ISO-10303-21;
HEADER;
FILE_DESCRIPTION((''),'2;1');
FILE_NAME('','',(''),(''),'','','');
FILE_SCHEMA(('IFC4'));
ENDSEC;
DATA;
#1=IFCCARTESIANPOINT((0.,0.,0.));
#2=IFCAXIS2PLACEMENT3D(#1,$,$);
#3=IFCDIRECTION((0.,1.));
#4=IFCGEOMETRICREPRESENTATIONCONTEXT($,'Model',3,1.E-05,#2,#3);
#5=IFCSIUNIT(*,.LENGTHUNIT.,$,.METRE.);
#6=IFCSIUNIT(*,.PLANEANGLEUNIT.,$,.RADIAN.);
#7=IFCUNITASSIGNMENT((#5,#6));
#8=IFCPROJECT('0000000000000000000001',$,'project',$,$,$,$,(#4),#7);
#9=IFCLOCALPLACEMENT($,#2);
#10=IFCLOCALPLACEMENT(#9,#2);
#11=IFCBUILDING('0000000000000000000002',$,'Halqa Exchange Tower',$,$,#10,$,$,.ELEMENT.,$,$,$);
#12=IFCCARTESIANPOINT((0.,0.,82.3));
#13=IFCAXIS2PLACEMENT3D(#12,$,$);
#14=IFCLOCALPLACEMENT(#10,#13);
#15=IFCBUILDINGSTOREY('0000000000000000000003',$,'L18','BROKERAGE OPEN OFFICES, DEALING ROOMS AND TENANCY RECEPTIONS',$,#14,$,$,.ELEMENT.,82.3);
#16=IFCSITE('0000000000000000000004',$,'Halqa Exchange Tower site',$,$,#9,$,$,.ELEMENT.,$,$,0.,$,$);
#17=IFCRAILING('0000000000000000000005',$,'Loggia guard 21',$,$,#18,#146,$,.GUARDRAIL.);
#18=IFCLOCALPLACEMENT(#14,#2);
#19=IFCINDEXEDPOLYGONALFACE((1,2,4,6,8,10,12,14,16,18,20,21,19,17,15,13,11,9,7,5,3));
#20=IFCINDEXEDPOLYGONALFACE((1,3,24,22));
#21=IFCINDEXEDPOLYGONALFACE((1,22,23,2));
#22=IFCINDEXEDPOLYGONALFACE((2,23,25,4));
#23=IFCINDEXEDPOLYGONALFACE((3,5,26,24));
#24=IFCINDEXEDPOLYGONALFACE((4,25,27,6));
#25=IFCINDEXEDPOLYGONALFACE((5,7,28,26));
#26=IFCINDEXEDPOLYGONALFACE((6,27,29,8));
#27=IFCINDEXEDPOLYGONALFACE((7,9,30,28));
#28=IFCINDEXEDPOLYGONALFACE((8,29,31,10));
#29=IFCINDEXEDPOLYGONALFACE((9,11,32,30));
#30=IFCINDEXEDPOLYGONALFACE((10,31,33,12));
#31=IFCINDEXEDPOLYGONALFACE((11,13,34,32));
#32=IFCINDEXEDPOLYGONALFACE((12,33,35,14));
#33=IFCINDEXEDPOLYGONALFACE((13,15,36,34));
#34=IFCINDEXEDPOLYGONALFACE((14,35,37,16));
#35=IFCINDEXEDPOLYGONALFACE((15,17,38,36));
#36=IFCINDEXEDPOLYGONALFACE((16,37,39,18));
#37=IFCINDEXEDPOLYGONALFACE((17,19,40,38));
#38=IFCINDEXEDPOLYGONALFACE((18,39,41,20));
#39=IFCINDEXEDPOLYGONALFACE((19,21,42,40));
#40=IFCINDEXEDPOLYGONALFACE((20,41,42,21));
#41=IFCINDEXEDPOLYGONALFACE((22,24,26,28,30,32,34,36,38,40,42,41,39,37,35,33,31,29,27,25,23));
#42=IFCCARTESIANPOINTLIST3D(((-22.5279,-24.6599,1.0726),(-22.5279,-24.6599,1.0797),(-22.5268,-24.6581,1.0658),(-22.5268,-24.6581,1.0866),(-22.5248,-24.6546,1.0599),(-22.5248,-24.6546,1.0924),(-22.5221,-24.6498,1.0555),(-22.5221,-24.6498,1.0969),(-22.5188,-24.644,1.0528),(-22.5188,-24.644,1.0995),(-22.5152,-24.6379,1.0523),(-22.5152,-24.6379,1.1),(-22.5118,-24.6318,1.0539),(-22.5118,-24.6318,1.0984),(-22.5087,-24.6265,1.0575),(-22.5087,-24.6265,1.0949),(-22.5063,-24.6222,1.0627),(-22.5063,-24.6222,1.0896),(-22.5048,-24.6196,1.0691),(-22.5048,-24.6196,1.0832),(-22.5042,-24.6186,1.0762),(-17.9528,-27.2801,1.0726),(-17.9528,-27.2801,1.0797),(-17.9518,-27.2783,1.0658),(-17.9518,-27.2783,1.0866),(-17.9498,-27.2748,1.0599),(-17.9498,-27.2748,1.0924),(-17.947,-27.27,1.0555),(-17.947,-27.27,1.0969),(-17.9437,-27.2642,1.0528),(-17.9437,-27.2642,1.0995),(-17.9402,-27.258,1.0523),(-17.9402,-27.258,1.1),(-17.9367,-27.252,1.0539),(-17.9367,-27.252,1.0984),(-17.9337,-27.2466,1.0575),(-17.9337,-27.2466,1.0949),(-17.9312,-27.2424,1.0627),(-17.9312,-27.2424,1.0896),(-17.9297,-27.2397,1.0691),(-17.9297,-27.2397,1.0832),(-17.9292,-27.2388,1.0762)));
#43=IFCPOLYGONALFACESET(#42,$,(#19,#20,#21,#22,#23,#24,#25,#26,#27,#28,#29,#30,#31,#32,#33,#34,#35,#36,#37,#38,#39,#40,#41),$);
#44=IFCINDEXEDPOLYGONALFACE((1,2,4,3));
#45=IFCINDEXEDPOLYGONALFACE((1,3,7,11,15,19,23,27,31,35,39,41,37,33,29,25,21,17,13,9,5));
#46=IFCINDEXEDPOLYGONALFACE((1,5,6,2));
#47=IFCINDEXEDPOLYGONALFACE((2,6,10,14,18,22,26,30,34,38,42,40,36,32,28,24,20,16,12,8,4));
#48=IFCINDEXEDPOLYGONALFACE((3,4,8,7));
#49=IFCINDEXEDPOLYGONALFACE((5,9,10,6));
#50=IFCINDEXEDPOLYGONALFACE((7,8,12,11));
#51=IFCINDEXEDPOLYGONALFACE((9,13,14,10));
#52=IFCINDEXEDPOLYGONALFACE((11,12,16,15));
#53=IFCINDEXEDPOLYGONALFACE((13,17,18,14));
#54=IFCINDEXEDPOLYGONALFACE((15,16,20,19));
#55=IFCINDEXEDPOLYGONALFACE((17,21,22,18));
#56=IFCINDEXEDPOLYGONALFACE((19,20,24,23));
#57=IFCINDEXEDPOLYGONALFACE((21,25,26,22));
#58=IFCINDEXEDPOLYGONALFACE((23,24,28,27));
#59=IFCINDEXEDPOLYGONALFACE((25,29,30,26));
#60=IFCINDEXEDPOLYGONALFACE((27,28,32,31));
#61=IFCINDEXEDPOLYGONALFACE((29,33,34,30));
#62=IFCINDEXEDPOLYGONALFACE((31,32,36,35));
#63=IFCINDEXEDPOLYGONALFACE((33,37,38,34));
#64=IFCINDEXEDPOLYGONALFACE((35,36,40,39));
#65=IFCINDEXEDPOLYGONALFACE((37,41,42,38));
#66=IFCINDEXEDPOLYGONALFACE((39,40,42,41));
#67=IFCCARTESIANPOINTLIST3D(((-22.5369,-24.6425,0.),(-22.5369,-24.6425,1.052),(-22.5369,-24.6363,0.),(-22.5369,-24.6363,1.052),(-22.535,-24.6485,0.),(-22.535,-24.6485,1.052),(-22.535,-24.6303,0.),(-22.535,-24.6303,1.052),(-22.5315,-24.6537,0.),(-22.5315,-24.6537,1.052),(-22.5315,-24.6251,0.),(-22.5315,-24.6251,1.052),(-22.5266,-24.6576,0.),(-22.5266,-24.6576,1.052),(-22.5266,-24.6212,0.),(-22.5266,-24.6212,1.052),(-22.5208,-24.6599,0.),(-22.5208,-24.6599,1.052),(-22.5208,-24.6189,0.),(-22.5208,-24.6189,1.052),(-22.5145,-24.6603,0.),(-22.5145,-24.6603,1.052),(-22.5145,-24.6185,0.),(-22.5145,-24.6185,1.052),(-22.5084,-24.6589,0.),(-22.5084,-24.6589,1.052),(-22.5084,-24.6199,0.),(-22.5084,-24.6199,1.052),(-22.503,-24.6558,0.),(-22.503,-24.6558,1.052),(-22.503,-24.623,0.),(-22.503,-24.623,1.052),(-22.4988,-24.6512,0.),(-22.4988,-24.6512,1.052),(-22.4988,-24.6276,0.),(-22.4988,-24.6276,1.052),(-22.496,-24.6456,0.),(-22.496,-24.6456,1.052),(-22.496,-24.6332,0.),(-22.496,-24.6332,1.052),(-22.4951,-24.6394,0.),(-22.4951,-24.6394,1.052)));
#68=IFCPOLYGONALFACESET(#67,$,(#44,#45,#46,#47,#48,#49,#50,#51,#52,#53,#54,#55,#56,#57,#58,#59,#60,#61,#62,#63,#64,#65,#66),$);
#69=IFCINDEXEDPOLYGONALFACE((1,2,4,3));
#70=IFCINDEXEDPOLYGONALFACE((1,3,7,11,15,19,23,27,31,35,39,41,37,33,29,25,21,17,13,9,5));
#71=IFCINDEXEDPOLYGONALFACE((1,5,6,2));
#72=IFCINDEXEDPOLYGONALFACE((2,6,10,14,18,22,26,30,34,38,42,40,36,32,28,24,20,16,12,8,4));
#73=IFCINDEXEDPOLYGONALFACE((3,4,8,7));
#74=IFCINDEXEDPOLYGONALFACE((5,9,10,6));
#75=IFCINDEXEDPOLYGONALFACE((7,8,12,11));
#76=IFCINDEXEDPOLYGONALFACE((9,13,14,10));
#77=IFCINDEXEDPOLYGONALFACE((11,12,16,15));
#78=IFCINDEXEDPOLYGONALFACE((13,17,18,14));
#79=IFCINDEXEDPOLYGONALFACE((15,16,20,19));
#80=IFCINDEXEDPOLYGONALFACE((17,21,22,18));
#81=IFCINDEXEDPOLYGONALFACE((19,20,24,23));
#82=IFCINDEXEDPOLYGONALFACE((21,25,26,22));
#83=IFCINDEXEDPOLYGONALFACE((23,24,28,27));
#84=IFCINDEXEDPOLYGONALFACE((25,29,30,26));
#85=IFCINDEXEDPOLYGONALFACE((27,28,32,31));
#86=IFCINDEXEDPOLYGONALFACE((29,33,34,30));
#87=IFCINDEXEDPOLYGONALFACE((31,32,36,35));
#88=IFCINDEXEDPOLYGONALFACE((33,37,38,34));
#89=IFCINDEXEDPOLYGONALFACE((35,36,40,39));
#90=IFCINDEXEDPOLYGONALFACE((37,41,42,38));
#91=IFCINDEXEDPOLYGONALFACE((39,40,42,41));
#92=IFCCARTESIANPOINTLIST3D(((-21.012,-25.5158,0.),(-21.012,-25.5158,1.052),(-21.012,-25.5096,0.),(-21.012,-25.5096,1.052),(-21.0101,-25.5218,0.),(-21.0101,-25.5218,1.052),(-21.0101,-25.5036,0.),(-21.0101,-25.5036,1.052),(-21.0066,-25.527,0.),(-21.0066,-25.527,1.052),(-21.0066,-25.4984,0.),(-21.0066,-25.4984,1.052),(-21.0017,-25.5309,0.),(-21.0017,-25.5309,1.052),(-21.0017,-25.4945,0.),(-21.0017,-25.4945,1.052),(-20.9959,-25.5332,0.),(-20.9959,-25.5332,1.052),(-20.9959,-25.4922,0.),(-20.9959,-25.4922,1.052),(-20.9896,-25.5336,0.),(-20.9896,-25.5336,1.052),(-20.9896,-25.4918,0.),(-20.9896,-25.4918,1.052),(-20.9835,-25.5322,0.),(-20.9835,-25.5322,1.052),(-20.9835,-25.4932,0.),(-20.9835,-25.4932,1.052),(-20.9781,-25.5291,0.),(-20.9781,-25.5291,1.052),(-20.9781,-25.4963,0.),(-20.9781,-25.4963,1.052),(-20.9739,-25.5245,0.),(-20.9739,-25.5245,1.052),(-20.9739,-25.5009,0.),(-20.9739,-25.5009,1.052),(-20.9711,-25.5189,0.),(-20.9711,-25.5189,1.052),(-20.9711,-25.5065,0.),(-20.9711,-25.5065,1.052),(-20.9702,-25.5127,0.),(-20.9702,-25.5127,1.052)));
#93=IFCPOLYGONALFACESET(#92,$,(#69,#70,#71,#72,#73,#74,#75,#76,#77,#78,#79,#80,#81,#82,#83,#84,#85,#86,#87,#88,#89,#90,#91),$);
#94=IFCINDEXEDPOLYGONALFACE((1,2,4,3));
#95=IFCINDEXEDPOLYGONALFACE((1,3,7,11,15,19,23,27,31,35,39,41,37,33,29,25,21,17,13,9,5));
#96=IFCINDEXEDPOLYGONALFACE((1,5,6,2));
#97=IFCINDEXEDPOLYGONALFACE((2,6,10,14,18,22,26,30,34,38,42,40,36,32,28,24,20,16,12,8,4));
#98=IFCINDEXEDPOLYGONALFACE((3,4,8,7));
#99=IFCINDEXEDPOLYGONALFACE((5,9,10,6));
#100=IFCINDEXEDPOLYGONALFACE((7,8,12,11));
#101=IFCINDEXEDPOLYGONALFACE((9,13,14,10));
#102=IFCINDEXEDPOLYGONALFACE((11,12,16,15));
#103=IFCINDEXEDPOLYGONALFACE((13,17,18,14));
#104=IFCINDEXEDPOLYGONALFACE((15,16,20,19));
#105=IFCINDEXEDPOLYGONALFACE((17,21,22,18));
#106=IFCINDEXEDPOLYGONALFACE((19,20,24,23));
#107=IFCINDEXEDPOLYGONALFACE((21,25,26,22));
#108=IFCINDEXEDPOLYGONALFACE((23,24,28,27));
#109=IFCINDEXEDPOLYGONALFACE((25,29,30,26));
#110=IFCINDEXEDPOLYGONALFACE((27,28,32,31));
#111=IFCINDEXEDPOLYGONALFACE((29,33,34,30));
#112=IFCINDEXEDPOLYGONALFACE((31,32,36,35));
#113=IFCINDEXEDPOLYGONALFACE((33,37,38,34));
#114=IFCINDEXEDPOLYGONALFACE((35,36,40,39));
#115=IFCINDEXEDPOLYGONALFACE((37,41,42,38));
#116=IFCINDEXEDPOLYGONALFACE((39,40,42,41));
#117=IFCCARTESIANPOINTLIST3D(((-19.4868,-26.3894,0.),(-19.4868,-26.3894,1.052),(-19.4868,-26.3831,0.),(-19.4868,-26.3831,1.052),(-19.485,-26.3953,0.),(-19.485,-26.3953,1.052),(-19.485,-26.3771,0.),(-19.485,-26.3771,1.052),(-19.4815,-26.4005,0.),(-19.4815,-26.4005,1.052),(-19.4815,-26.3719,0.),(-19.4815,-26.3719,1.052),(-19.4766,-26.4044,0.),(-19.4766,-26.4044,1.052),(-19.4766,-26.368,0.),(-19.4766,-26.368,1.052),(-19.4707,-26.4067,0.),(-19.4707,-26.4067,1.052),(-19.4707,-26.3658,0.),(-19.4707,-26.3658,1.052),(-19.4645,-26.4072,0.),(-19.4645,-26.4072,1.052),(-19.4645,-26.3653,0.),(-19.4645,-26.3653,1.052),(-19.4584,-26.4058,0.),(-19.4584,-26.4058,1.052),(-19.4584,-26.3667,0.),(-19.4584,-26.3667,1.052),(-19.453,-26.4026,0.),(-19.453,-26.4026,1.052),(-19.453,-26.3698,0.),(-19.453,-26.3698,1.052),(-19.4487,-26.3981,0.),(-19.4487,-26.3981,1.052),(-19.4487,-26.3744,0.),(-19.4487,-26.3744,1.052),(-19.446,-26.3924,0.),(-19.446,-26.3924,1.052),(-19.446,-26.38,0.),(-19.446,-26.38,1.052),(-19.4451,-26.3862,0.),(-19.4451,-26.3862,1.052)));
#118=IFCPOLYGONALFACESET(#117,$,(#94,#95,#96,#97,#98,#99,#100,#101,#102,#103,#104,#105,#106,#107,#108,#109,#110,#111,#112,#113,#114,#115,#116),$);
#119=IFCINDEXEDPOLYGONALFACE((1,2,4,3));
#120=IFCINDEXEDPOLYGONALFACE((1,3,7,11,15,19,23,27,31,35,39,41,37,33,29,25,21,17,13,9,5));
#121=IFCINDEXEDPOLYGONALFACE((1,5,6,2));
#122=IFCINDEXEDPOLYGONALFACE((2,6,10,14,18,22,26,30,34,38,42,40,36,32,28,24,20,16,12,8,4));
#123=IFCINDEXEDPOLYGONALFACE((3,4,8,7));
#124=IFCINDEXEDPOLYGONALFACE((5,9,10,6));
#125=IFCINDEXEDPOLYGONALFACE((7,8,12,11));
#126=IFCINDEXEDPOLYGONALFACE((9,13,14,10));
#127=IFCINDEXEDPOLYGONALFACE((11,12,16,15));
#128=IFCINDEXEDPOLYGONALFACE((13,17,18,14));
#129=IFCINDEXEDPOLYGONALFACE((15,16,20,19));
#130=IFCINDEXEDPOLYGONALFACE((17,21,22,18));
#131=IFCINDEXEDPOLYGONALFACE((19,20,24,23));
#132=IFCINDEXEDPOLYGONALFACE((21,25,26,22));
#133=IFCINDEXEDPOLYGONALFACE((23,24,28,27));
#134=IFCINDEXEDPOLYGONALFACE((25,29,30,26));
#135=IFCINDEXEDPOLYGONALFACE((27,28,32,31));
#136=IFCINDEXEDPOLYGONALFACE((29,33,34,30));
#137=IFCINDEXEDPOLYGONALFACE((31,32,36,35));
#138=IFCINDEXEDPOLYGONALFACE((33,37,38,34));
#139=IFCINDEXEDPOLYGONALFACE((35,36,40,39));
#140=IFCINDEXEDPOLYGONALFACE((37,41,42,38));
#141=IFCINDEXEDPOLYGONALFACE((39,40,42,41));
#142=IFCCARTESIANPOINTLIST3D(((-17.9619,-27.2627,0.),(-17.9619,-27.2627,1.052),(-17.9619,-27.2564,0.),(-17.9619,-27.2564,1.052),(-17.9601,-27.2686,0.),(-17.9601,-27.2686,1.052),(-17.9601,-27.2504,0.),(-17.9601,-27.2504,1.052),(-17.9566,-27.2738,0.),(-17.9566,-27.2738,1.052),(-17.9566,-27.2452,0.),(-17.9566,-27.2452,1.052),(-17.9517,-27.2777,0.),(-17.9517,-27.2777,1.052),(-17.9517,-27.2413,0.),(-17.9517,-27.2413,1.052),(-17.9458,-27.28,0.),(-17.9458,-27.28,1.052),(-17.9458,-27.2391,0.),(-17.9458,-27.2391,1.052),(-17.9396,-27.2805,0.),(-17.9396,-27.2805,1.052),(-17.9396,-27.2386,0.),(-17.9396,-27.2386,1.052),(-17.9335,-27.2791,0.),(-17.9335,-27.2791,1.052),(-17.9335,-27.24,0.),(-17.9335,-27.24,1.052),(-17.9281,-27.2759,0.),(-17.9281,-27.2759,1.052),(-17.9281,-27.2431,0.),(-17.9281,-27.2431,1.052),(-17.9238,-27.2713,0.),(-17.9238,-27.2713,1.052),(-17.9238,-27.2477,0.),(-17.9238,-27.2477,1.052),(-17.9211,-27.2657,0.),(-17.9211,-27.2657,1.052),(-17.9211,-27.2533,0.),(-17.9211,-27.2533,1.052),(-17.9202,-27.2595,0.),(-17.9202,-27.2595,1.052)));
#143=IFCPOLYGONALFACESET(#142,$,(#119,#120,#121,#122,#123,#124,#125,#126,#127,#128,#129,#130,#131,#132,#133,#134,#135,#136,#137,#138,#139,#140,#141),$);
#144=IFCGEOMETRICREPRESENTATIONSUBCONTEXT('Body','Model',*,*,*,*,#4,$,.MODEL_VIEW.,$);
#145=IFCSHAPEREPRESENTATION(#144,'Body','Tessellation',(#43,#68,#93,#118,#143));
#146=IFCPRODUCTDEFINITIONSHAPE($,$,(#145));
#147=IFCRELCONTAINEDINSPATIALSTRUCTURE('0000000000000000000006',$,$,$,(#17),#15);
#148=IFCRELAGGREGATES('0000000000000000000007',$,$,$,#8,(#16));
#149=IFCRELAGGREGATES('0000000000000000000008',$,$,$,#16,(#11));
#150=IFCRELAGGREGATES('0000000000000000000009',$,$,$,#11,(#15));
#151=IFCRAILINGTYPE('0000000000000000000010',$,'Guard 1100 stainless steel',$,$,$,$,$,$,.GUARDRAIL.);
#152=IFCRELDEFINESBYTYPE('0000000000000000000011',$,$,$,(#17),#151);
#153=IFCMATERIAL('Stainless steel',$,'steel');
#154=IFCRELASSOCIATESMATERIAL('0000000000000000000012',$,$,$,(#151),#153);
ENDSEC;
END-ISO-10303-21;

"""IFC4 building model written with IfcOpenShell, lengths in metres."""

from ifc_helpers import new_model, si_unit, direction, frame, origin, origin_2d, place, context, subcontext, project, spatial, circle, extrude, material, type_object, element, save


model = new_model("IFC4")

# Units and contexts
model_context = context("Model", 3, precision=1e-05, world=origin(), true_north=direction((0.0, 1.0)))
body_context = subcontext(model_context, "Body", "Model", "MODEL_VIEW")
ifc_project = project(units=[si_unit("LENGTHUNIT", "METRE"), si_unit("PLANEANGLEUNIT", "RADIAN")], contexts=[model_context])

# Site, building, storey
site_placement = place(None, origin())
site = spatial("IfcSite", under=ifc_project, at=site_placement, Name="Halqa Exchange Tower site", CompositionType="ELEMENT", RefElevation=0.0)
building_placement = place(site_placement, origin())
building = spatial("IfcBuilding", under=site, at=building_placement, Name="Halqa Exchange Tower", CompositionType="ELEMENT")
storey_placement = place(building_placement, frame((0.0, 0.0, 82.3)))
storey = spatial("IfcBuildingStorey", under=building, at=storey_placement, Name="L18", Description="BROKERAGE OPEN OFFICES, DEALING ROOMS AND TENANCY RECEPTIONS", CompositionType="ELEMENT", Elevation=82.3)

# Railing
ifc_material_1 = material(Name="Stainless steel", Category="steel")
railing_type = type_object("IfcRailingType", Name="Guard 1100 stainless steel", PredefinedType="GUARDRAIL", material=ifc_material_1)
railing_1_placement = place(storey_placement, frame((-22.5161, -24.6394, 0.0)))
element("IfcRailing", 1, at=railing_1_placement, inside=storey, type_object=railing_type, Name="Loggia guard 21", PredefinedType="GUARDRAIL", context=body_context, shape_type="SweptSolid", body=[
    extrude(circle(Radius=0.0239, at=origin_2d()), frame((0.0, 0.0, 1.0762), z_axis=(0.867764, -0.496977, 0.0), x_axis=(0.496977, 0.867764, 0.0)), (0.0, 0.0, 1.0), 5.2722),
    extrude(circle(Radius=0.021, at=origin_2d()), origin(), (0.0, 0.0, 1.0), 1.052),
    extrude(circle(Radius=0.021, at=origin_2d()), frame((1.5249, -0.8733, 0.0)), (0.0, 0.0, 1.0), 1.052),
    extrude(circle(Radius=0.021, at=origin_2d()), frame((3.05, -1.7468, 0.0)), (0.0, 0.0, 1.0), 1.052),
    extrude(circle(Radius=0.021, at=origin_2d()), frame((4.575, -2.6201, 0.0)), (0.0, 0.0, 1.0), 1.052),
])

save(model, "model.ifc")
